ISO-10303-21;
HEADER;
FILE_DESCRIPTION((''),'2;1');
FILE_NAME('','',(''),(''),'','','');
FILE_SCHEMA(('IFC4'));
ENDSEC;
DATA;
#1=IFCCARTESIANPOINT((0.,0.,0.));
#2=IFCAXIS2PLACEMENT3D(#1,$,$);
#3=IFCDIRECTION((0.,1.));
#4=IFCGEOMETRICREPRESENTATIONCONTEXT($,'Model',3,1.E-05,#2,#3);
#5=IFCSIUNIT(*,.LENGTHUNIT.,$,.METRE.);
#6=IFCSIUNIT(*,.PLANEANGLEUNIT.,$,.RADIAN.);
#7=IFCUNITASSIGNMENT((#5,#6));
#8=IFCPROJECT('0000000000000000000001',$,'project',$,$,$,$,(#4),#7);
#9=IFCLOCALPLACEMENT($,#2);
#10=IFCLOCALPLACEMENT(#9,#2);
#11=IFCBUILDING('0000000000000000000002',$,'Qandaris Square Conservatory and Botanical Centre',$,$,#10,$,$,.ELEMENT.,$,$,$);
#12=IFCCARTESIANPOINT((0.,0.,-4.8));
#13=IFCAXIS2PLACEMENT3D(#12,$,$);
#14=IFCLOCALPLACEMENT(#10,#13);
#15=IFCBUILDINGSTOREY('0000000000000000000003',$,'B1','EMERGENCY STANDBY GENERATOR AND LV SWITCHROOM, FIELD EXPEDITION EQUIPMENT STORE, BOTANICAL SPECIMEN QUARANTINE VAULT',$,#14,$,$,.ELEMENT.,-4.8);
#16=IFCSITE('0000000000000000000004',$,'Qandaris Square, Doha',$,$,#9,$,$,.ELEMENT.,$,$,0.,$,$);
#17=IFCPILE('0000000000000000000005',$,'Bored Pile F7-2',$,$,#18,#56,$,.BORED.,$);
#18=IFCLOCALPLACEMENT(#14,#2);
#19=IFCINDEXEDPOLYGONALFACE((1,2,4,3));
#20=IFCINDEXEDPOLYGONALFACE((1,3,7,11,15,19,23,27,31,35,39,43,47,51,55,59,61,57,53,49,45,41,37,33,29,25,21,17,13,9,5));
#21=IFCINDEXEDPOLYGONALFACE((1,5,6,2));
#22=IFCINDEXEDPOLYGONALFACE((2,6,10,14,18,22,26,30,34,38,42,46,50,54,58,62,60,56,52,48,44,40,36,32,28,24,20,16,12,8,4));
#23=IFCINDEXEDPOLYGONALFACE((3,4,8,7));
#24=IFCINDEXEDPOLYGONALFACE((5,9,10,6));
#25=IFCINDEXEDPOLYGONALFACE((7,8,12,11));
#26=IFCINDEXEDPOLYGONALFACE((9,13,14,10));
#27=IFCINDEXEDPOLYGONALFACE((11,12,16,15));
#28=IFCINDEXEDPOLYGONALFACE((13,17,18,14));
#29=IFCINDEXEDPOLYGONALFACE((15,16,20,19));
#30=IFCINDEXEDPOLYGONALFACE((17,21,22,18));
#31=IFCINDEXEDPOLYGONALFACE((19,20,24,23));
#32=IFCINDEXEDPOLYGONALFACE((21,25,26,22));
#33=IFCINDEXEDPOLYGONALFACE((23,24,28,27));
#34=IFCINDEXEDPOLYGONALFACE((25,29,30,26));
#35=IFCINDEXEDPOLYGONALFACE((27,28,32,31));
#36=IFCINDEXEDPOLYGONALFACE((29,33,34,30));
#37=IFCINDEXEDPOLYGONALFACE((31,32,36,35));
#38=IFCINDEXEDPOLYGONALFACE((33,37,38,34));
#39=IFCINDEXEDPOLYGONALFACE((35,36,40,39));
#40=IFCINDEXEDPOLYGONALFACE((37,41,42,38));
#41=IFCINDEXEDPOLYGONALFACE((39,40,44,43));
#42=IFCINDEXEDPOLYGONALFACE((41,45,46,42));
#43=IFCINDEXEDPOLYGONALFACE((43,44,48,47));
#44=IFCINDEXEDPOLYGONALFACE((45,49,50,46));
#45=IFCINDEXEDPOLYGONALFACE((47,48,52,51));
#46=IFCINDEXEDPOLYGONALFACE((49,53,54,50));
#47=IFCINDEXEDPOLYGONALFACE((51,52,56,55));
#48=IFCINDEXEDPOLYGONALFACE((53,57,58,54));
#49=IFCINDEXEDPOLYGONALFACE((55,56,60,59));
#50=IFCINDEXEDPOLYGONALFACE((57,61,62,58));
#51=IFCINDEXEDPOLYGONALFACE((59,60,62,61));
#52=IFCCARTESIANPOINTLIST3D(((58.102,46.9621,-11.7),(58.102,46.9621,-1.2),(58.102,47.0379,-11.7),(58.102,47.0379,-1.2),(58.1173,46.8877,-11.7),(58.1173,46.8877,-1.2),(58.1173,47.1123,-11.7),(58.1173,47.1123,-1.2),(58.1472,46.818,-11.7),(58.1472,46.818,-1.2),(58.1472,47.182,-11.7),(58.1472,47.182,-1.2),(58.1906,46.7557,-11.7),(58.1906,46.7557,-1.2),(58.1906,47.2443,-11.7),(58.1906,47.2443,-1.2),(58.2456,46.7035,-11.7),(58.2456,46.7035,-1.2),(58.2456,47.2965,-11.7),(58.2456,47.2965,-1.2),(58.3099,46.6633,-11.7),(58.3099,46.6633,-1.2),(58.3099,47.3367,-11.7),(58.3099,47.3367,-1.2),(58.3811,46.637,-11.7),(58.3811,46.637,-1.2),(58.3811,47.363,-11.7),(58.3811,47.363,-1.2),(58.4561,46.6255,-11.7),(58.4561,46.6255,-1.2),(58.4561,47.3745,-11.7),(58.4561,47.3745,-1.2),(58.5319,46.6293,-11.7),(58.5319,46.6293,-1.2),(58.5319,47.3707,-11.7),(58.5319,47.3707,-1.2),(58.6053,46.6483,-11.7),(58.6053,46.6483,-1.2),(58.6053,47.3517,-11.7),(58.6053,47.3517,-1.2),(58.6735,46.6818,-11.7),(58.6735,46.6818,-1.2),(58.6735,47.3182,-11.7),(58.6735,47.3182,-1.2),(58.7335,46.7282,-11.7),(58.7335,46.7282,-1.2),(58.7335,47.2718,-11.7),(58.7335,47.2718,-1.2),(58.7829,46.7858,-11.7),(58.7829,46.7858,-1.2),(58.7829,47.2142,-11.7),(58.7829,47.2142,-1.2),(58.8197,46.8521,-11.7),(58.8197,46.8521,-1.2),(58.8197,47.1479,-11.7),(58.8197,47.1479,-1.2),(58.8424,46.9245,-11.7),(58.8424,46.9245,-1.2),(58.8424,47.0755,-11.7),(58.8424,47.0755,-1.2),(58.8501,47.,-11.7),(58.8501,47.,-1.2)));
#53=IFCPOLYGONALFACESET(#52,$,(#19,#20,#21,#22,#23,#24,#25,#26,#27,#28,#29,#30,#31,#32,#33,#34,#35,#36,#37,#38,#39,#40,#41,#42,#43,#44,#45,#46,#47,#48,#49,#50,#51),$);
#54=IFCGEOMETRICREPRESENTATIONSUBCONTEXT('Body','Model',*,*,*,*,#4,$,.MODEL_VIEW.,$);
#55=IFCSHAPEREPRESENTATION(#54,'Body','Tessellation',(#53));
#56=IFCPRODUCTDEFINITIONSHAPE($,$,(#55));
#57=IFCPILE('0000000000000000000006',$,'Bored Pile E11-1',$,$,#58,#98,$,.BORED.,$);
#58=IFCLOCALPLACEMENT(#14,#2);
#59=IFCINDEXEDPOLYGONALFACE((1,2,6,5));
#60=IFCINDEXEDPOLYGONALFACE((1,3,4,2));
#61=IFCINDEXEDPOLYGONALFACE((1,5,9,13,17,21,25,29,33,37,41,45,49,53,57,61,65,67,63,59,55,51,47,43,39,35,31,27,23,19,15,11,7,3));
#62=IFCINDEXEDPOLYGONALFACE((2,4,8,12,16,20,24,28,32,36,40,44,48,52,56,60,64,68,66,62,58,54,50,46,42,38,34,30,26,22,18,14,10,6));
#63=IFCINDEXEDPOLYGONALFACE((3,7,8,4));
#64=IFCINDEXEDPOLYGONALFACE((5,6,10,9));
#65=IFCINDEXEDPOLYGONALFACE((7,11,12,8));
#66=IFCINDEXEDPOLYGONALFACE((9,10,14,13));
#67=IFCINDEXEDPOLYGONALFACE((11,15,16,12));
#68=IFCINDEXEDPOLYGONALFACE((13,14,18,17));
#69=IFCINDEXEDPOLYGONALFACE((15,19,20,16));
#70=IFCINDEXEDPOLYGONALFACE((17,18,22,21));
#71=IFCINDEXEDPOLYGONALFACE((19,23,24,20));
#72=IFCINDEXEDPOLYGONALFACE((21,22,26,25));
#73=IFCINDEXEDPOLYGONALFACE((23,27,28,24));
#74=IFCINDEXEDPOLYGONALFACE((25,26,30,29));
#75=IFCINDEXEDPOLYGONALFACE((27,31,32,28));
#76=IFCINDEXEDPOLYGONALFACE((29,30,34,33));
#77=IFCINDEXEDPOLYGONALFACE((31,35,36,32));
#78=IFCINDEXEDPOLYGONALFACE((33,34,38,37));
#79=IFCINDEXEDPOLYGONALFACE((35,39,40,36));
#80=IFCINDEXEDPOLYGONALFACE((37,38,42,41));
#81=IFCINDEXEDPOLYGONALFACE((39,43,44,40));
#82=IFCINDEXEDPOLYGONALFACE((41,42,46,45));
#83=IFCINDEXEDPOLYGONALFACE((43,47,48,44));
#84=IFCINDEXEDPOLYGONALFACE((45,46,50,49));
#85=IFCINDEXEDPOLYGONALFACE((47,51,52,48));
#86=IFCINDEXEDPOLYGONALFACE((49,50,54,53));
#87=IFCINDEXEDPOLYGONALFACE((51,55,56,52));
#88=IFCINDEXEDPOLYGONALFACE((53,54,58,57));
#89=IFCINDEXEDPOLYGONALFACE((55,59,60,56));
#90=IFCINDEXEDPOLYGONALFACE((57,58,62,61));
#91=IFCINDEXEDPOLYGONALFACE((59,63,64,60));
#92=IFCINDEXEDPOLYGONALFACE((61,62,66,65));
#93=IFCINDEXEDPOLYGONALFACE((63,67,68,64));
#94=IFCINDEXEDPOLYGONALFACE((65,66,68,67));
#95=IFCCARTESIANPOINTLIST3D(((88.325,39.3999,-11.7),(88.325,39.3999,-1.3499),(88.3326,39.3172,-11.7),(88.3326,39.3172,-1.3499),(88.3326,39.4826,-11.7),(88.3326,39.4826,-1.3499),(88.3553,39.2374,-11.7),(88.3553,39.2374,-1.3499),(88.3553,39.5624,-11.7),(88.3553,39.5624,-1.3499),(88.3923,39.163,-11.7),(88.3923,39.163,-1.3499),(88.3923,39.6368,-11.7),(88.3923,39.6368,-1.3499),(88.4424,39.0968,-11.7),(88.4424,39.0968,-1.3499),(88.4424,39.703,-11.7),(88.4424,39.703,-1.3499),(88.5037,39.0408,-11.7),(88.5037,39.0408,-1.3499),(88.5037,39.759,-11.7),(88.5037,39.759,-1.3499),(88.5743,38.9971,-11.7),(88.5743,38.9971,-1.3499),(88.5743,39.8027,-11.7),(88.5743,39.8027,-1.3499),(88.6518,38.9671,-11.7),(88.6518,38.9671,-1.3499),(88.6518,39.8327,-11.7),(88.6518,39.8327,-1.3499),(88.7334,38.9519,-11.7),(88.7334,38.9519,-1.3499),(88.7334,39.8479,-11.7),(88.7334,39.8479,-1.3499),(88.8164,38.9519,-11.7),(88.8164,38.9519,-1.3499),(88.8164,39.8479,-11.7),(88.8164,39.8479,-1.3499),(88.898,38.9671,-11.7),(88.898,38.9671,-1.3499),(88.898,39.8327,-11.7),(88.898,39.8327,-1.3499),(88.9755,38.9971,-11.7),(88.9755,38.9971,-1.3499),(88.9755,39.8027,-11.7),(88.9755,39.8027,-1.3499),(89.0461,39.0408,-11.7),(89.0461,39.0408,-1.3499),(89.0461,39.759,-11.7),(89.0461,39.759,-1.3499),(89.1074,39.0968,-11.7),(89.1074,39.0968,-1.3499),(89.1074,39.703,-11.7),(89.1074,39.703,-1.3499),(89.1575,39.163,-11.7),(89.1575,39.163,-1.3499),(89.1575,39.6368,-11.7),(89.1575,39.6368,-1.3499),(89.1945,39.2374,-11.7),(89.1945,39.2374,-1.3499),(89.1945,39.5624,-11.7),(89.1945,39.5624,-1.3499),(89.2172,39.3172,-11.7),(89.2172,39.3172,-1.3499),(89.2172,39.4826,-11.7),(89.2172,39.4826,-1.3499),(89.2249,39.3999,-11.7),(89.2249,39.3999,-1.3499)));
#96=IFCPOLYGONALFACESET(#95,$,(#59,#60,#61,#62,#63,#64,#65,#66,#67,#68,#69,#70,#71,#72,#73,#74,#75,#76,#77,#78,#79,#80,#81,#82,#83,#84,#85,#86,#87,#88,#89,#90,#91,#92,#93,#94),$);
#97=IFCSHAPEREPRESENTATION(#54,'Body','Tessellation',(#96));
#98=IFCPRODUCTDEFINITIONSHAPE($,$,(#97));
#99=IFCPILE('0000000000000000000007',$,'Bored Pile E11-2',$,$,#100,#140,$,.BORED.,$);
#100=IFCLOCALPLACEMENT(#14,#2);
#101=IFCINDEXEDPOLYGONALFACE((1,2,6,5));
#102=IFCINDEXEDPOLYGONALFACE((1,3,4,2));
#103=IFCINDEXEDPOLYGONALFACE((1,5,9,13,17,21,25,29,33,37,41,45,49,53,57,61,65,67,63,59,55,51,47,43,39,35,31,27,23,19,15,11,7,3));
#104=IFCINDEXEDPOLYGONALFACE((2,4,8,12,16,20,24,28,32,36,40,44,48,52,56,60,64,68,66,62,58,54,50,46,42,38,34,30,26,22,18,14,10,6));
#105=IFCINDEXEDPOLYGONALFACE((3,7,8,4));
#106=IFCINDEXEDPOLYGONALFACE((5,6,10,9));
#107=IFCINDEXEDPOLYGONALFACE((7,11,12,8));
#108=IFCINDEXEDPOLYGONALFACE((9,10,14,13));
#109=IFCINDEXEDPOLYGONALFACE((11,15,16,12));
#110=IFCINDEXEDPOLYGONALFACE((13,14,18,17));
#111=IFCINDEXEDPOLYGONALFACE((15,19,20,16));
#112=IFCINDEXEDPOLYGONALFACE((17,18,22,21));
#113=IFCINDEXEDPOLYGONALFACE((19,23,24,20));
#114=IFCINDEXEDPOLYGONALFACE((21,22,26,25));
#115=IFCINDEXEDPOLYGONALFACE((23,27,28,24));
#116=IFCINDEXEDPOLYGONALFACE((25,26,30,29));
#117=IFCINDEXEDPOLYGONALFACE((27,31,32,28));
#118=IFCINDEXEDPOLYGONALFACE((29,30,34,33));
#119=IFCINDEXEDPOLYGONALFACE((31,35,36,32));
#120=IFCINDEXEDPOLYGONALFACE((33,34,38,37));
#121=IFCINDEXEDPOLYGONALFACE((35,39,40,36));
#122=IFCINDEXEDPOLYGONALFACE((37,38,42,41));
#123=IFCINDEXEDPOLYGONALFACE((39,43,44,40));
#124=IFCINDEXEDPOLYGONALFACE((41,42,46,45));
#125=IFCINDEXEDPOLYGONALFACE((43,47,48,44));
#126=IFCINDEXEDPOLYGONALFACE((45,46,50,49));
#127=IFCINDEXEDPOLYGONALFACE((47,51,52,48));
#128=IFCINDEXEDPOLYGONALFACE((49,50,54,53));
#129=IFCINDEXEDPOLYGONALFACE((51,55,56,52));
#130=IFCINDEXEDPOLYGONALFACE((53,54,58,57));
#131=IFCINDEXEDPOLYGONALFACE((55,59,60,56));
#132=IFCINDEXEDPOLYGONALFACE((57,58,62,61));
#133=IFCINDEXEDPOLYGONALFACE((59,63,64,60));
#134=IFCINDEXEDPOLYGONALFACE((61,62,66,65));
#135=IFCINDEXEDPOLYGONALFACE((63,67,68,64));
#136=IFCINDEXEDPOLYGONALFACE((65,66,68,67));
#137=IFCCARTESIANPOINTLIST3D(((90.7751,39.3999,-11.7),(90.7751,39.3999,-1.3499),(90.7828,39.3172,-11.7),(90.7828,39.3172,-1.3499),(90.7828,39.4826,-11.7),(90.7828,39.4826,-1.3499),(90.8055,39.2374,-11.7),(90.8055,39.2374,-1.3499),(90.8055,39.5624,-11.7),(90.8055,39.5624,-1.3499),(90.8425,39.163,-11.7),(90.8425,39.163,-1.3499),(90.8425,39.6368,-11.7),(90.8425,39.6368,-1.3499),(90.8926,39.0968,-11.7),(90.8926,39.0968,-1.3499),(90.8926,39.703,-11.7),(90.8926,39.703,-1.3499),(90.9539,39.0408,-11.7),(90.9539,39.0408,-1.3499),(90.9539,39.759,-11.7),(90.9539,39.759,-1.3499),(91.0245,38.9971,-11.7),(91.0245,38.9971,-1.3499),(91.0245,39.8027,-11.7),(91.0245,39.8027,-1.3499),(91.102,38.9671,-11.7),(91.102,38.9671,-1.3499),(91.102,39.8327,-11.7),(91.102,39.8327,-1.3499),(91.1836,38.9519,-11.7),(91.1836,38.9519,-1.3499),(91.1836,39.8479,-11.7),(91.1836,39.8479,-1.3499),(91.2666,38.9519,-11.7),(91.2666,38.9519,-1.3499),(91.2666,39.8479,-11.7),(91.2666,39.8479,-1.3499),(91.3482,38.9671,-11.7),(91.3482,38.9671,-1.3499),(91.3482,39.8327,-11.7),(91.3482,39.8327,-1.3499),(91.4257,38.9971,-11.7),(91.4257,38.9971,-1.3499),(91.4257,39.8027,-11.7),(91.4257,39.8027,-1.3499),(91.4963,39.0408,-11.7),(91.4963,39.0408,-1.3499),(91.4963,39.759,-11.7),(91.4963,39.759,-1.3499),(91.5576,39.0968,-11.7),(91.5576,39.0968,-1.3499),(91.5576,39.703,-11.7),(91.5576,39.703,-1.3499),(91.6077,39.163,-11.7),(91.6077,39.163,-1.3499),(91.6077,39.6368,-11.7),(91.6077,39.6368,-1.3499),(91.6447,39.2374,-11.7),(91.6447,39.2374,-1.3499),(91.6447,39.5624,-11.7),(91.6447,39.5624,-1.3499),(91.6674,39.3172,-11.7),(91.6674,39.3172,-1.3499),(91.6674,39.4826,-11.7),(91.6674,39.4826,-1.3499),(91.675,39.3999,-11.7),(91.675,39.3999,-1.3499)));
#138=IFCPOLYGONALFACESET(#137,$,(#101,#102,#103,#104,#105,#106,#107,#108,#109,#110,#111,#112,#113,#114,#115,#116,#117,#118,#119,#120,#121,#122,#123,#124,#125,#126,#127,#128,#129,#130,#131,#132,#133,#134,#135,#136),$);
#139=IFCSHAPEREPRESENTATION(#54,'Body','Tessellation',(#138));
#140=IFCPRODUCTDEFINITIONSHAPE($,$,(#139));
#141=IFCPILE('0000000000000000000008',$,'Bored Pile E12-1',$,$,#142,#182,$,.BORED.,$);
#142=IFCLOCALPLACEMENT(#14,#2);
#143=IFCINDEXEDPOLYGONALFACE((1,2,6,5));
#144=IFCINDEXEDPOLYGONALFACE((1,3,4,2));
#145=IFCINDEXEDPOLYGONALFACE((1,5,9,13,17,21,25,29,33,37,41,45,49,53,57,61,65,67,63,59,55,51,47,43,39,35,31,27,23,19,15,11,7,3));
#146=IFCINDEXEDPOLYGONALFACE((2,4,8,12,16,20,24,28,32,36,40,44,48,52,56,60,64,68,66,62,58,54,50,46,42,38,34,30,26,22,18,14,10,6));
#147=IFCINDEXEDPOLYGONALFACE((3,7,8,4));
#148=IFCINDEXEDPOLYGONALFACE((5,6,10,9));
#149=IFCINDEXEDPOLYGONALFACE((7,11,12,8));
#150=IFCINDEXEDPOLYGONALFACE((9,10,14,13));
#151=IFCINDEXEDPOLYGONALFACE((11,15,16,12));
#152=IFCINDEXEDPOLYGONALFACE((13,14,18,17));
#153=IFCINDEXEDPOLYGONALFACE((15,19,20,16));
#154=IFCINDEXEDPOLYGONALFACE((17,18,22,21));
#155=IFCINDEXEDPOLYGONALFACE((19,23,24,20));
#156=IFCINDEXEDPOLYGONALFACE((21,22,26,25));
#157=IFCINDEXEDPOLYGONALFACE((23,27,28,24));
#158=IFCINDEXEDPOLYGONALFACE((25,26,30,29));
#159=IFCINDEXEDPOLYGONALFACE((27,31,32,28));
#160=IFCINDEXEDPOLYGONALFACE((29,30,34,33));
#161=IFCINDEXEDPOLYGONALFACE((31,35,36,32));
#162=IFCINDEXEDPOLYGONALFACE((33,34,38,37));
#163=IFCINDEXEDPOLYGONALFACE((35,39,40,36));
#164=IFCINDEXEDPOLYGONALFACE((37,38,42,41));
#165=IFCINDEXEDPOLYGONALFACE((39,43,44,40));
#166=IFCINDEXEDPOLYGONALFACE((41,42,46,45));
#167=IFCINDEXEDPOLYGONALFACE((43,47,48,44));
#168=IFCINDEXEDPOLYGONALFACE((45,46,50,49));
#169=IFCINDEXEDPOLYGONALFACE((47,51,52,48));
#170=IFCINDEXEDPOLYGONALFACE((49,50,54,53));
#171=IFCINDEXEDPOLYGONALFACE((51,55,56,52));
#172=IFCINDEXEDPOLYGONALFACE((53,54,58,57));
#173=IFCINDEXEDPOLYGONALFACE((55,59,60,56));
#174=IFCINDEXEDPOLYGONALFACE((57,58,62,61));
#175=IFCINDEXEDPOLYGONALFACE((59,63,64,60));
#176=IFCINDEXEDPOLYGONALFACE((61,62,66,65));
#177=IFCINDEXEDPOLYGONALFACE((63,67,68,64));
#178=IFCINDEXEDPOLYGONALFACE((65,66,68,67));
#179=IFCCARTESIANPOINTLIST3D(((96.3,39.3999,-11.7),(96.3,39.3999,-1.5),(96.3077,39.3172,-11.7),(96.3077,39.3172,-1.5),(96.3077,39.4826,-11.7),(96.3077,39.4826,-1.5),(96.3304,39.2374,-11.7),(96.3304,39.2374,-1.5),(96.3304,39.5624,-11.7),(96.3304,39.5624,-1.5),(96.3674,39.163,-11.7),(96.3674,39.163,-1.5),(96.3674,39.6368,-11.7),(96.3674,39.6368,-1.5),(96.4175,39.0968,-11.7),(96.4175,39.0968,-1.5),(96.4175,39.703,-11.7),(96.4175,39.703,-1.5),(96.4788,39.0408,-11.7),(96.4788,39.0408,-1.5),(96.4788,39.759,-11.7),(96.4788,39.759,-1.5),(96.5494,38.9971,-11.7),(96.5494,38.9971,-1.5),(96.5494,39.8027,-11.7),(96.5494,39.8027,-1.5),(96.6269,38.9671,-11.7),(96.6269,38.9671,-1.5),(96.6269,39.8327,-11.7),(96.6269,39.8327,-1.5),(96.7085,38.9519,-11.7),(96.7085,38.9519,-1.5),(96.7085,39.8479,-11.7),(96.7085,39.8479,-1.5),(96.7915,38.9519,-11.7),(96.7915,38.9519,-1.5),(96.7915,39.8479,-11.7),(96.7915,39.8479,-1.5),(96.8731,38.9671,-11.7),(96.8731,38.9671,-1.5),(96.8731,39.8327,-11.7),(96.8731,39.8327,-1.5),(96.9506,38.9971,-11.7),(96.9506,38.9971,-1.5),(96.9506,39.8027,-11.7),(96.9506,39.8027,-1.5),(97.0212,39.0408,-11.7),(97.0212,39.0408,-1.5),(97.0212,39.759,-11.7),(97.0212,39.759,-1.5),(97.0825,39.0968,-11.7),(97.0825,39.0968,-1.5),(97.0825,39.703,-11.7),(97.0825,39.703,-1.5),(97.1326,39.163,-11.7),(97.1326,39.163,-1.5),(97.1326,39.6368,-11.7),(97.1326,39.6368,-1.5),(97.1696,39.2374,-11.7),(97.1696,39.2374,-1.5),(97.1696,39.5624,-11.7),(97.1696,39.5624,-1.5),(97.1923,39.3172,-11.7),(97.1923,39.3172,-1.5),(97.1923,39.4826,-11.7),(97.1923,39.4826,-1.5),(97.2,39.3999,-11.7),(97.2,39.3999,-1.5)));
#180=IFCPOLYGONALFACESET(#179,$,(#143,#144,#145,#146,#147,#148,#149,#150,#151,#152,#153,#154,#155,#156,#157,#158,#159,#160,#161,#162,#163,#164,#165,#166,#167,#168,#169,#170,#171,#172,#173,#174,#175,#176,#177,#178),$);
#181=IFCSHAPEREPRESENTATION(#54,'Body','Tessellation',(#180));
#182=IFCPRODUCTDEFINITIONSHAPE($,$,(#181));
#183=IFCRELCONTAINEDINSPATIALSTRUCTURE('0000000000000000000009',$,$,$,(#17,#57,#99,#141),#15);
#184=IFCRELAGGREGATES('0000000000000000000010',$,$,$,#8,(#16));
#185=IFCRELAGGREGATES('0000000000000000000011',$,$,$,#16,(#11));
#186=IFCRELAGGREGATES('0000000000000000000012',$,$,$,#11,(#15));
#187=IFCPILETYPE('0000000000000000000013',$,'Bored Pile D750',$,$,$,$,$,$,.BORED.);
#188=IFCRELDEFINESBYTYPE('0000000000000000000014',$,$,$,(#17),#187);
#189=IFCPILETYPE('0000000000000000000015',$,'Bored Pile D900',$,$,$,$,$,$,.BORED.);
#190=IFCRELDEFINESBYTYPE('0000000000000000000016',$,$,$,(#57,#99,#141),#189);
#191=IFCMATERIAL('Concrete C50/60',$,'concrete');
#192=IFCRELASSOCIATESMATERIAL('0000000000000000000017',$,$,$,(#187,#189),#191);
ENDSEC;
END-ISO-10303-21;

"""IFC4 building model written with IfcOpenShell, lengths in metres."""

from ifc_helpers import new_model, si_unit, direction, frame, origin, origin_2d, place, context, subcontext, project, spatial, circle, extrude, material, material_profile, profile_set, type_object, element, save


model = new_model("IFC4")

# Units and contexts
model_context = context("Model", 3, precision=1e-05, world=origin(), true_north=direction((0.0, 1.0)))
body_context = subcontext(model_context, "Body", "Model", "MODEL_VIEW")
ifc_project = project(units=[si_unit("LENGTHUNIT", "METRE"), si_unit("PLANEANGLEUNIT", "RADIAN")], contexts=[model_context])

# Site, building, storey
site_placement = place(None, origin())
site = spatial("IfcSite", under=ifc_project, at=site_placement, Name="Qandaris Square, Doha", CompositionType="ELEMENT", RefElevation=0.0)
building_placement = place(site_placement, origin())
building = spatial("IfcBuilding", under=site, at=building_placement, Name="Qandaris Square Conservatory and Botanical Centre", CompositionType="ELEMENT")
storey_placement = place(building_placement, frame((0.0, 0.0, -4.8)))
storey = spatial("IfcBuildingStorey", under=building, at=storey_placement, Name="B1", Description="EMERGENCY STANDBY GENERATOR AND LV SWITCHROOM, FIELD EXPEDITION EQUIPMENT STORE, BOTANICAL SPECIMEN QUARANTINE VAULT", CompositionType="ELEMENT", Elevation=-4.8)

# Piles
ifc_material_1 = material(Name="Concrete C50/60", Category="concrete")
ifc_material_profile_1 = material_profile(ifc_material_1, circle(Radius=0.375, at=origin_2d()), Name="PILE D750")
ifc_profile_set_1 = profile_set([ifc_material_profile_1], Name="Concrete C50/60")
pile_type_1 = type_object("IfcPileType", Name="Bored Pile D750", PredefinedType="BORED", material=ifc_profile_set_1)
pile_1_placement = place(storey_placement, frame((58.4751, 47.0, -1.2), z_axis=(0.0, 0.0, -1.0), x_axis=(1.0, 0.0, 0.0)))
element("IfcPile", 1, at=pile_1_placement, inside=storey, type_object=pile_type_1, Name="Bored Pile F7-2", PredefinedType="BORED", context=body_context, shape_type="SweptSolid", body=[
    extrude(circle(Radius=0.375, at=origin_2d()), origin(), (0.0, 0.0, 1.0), 10.5),
])
ifc_material_profile_2 = material_profile(ifc_material_1, circle(Radius=0.45, at=origin_2d()), Name="PILE D900")
ifc_profile_set_2 = profile_set([ifc_material_profile_2], Name="Concrete C50/60")
pile_type_2 = type_object("IfcPileType", Name="Bored Pile D900", PredefinedType="BORED", material=ifc_profile_set_2)
for number, where, z_axis, x_axis, name in (
    (2, (88.7749, 39.3999, -1.3499), (0.0, 0.0, -1.0), (1.0, 0.0, 0.0), "Bored Pile E11-1"),
    (3, (91.2251, 39.3999, -1.3499), (0.0, 0.0, -1.0), (1.0, 0.0, 0.0), "Bored Pile E11-2"),
):
    element("IfcPile", number, at=place(storey_placement, frame(where, z_axis=z_axis, x_axis=x_axis)), inside=storey, type_object=pile_type_2, Name=name, PredefinedType="BORED", context=body_context, shape_type="SweptSolid", body=[
        extrude(circle(Radius=0.45, at=origin_2d()), origin(), (0.0, 0.0, 1.0), 10.3501),
    ])
for number, where, z_axis, x_axis, name in (
    (4, (96.75, 39.3999, -1.5), (0.0, 0.0, -1.0), (1.0, 0.0, 0.0), "Bored Pile E12-1"),
):
    element("IfcPile", number, at=place(storey_placement, frame(where, z_axis=z_axis, x_axis=x_axis)), inside=storey, type_object=pile_type_2, Name=name, PredefinedType="BORED", context=body_context, shape_type="SweptSolid", body=[
        extrude(circle(Radius=0.45, at=origin_2d()), origin(), (0.0, 0.0, 1.0), 10.2),
    ])

save(model, "model.ifc")
